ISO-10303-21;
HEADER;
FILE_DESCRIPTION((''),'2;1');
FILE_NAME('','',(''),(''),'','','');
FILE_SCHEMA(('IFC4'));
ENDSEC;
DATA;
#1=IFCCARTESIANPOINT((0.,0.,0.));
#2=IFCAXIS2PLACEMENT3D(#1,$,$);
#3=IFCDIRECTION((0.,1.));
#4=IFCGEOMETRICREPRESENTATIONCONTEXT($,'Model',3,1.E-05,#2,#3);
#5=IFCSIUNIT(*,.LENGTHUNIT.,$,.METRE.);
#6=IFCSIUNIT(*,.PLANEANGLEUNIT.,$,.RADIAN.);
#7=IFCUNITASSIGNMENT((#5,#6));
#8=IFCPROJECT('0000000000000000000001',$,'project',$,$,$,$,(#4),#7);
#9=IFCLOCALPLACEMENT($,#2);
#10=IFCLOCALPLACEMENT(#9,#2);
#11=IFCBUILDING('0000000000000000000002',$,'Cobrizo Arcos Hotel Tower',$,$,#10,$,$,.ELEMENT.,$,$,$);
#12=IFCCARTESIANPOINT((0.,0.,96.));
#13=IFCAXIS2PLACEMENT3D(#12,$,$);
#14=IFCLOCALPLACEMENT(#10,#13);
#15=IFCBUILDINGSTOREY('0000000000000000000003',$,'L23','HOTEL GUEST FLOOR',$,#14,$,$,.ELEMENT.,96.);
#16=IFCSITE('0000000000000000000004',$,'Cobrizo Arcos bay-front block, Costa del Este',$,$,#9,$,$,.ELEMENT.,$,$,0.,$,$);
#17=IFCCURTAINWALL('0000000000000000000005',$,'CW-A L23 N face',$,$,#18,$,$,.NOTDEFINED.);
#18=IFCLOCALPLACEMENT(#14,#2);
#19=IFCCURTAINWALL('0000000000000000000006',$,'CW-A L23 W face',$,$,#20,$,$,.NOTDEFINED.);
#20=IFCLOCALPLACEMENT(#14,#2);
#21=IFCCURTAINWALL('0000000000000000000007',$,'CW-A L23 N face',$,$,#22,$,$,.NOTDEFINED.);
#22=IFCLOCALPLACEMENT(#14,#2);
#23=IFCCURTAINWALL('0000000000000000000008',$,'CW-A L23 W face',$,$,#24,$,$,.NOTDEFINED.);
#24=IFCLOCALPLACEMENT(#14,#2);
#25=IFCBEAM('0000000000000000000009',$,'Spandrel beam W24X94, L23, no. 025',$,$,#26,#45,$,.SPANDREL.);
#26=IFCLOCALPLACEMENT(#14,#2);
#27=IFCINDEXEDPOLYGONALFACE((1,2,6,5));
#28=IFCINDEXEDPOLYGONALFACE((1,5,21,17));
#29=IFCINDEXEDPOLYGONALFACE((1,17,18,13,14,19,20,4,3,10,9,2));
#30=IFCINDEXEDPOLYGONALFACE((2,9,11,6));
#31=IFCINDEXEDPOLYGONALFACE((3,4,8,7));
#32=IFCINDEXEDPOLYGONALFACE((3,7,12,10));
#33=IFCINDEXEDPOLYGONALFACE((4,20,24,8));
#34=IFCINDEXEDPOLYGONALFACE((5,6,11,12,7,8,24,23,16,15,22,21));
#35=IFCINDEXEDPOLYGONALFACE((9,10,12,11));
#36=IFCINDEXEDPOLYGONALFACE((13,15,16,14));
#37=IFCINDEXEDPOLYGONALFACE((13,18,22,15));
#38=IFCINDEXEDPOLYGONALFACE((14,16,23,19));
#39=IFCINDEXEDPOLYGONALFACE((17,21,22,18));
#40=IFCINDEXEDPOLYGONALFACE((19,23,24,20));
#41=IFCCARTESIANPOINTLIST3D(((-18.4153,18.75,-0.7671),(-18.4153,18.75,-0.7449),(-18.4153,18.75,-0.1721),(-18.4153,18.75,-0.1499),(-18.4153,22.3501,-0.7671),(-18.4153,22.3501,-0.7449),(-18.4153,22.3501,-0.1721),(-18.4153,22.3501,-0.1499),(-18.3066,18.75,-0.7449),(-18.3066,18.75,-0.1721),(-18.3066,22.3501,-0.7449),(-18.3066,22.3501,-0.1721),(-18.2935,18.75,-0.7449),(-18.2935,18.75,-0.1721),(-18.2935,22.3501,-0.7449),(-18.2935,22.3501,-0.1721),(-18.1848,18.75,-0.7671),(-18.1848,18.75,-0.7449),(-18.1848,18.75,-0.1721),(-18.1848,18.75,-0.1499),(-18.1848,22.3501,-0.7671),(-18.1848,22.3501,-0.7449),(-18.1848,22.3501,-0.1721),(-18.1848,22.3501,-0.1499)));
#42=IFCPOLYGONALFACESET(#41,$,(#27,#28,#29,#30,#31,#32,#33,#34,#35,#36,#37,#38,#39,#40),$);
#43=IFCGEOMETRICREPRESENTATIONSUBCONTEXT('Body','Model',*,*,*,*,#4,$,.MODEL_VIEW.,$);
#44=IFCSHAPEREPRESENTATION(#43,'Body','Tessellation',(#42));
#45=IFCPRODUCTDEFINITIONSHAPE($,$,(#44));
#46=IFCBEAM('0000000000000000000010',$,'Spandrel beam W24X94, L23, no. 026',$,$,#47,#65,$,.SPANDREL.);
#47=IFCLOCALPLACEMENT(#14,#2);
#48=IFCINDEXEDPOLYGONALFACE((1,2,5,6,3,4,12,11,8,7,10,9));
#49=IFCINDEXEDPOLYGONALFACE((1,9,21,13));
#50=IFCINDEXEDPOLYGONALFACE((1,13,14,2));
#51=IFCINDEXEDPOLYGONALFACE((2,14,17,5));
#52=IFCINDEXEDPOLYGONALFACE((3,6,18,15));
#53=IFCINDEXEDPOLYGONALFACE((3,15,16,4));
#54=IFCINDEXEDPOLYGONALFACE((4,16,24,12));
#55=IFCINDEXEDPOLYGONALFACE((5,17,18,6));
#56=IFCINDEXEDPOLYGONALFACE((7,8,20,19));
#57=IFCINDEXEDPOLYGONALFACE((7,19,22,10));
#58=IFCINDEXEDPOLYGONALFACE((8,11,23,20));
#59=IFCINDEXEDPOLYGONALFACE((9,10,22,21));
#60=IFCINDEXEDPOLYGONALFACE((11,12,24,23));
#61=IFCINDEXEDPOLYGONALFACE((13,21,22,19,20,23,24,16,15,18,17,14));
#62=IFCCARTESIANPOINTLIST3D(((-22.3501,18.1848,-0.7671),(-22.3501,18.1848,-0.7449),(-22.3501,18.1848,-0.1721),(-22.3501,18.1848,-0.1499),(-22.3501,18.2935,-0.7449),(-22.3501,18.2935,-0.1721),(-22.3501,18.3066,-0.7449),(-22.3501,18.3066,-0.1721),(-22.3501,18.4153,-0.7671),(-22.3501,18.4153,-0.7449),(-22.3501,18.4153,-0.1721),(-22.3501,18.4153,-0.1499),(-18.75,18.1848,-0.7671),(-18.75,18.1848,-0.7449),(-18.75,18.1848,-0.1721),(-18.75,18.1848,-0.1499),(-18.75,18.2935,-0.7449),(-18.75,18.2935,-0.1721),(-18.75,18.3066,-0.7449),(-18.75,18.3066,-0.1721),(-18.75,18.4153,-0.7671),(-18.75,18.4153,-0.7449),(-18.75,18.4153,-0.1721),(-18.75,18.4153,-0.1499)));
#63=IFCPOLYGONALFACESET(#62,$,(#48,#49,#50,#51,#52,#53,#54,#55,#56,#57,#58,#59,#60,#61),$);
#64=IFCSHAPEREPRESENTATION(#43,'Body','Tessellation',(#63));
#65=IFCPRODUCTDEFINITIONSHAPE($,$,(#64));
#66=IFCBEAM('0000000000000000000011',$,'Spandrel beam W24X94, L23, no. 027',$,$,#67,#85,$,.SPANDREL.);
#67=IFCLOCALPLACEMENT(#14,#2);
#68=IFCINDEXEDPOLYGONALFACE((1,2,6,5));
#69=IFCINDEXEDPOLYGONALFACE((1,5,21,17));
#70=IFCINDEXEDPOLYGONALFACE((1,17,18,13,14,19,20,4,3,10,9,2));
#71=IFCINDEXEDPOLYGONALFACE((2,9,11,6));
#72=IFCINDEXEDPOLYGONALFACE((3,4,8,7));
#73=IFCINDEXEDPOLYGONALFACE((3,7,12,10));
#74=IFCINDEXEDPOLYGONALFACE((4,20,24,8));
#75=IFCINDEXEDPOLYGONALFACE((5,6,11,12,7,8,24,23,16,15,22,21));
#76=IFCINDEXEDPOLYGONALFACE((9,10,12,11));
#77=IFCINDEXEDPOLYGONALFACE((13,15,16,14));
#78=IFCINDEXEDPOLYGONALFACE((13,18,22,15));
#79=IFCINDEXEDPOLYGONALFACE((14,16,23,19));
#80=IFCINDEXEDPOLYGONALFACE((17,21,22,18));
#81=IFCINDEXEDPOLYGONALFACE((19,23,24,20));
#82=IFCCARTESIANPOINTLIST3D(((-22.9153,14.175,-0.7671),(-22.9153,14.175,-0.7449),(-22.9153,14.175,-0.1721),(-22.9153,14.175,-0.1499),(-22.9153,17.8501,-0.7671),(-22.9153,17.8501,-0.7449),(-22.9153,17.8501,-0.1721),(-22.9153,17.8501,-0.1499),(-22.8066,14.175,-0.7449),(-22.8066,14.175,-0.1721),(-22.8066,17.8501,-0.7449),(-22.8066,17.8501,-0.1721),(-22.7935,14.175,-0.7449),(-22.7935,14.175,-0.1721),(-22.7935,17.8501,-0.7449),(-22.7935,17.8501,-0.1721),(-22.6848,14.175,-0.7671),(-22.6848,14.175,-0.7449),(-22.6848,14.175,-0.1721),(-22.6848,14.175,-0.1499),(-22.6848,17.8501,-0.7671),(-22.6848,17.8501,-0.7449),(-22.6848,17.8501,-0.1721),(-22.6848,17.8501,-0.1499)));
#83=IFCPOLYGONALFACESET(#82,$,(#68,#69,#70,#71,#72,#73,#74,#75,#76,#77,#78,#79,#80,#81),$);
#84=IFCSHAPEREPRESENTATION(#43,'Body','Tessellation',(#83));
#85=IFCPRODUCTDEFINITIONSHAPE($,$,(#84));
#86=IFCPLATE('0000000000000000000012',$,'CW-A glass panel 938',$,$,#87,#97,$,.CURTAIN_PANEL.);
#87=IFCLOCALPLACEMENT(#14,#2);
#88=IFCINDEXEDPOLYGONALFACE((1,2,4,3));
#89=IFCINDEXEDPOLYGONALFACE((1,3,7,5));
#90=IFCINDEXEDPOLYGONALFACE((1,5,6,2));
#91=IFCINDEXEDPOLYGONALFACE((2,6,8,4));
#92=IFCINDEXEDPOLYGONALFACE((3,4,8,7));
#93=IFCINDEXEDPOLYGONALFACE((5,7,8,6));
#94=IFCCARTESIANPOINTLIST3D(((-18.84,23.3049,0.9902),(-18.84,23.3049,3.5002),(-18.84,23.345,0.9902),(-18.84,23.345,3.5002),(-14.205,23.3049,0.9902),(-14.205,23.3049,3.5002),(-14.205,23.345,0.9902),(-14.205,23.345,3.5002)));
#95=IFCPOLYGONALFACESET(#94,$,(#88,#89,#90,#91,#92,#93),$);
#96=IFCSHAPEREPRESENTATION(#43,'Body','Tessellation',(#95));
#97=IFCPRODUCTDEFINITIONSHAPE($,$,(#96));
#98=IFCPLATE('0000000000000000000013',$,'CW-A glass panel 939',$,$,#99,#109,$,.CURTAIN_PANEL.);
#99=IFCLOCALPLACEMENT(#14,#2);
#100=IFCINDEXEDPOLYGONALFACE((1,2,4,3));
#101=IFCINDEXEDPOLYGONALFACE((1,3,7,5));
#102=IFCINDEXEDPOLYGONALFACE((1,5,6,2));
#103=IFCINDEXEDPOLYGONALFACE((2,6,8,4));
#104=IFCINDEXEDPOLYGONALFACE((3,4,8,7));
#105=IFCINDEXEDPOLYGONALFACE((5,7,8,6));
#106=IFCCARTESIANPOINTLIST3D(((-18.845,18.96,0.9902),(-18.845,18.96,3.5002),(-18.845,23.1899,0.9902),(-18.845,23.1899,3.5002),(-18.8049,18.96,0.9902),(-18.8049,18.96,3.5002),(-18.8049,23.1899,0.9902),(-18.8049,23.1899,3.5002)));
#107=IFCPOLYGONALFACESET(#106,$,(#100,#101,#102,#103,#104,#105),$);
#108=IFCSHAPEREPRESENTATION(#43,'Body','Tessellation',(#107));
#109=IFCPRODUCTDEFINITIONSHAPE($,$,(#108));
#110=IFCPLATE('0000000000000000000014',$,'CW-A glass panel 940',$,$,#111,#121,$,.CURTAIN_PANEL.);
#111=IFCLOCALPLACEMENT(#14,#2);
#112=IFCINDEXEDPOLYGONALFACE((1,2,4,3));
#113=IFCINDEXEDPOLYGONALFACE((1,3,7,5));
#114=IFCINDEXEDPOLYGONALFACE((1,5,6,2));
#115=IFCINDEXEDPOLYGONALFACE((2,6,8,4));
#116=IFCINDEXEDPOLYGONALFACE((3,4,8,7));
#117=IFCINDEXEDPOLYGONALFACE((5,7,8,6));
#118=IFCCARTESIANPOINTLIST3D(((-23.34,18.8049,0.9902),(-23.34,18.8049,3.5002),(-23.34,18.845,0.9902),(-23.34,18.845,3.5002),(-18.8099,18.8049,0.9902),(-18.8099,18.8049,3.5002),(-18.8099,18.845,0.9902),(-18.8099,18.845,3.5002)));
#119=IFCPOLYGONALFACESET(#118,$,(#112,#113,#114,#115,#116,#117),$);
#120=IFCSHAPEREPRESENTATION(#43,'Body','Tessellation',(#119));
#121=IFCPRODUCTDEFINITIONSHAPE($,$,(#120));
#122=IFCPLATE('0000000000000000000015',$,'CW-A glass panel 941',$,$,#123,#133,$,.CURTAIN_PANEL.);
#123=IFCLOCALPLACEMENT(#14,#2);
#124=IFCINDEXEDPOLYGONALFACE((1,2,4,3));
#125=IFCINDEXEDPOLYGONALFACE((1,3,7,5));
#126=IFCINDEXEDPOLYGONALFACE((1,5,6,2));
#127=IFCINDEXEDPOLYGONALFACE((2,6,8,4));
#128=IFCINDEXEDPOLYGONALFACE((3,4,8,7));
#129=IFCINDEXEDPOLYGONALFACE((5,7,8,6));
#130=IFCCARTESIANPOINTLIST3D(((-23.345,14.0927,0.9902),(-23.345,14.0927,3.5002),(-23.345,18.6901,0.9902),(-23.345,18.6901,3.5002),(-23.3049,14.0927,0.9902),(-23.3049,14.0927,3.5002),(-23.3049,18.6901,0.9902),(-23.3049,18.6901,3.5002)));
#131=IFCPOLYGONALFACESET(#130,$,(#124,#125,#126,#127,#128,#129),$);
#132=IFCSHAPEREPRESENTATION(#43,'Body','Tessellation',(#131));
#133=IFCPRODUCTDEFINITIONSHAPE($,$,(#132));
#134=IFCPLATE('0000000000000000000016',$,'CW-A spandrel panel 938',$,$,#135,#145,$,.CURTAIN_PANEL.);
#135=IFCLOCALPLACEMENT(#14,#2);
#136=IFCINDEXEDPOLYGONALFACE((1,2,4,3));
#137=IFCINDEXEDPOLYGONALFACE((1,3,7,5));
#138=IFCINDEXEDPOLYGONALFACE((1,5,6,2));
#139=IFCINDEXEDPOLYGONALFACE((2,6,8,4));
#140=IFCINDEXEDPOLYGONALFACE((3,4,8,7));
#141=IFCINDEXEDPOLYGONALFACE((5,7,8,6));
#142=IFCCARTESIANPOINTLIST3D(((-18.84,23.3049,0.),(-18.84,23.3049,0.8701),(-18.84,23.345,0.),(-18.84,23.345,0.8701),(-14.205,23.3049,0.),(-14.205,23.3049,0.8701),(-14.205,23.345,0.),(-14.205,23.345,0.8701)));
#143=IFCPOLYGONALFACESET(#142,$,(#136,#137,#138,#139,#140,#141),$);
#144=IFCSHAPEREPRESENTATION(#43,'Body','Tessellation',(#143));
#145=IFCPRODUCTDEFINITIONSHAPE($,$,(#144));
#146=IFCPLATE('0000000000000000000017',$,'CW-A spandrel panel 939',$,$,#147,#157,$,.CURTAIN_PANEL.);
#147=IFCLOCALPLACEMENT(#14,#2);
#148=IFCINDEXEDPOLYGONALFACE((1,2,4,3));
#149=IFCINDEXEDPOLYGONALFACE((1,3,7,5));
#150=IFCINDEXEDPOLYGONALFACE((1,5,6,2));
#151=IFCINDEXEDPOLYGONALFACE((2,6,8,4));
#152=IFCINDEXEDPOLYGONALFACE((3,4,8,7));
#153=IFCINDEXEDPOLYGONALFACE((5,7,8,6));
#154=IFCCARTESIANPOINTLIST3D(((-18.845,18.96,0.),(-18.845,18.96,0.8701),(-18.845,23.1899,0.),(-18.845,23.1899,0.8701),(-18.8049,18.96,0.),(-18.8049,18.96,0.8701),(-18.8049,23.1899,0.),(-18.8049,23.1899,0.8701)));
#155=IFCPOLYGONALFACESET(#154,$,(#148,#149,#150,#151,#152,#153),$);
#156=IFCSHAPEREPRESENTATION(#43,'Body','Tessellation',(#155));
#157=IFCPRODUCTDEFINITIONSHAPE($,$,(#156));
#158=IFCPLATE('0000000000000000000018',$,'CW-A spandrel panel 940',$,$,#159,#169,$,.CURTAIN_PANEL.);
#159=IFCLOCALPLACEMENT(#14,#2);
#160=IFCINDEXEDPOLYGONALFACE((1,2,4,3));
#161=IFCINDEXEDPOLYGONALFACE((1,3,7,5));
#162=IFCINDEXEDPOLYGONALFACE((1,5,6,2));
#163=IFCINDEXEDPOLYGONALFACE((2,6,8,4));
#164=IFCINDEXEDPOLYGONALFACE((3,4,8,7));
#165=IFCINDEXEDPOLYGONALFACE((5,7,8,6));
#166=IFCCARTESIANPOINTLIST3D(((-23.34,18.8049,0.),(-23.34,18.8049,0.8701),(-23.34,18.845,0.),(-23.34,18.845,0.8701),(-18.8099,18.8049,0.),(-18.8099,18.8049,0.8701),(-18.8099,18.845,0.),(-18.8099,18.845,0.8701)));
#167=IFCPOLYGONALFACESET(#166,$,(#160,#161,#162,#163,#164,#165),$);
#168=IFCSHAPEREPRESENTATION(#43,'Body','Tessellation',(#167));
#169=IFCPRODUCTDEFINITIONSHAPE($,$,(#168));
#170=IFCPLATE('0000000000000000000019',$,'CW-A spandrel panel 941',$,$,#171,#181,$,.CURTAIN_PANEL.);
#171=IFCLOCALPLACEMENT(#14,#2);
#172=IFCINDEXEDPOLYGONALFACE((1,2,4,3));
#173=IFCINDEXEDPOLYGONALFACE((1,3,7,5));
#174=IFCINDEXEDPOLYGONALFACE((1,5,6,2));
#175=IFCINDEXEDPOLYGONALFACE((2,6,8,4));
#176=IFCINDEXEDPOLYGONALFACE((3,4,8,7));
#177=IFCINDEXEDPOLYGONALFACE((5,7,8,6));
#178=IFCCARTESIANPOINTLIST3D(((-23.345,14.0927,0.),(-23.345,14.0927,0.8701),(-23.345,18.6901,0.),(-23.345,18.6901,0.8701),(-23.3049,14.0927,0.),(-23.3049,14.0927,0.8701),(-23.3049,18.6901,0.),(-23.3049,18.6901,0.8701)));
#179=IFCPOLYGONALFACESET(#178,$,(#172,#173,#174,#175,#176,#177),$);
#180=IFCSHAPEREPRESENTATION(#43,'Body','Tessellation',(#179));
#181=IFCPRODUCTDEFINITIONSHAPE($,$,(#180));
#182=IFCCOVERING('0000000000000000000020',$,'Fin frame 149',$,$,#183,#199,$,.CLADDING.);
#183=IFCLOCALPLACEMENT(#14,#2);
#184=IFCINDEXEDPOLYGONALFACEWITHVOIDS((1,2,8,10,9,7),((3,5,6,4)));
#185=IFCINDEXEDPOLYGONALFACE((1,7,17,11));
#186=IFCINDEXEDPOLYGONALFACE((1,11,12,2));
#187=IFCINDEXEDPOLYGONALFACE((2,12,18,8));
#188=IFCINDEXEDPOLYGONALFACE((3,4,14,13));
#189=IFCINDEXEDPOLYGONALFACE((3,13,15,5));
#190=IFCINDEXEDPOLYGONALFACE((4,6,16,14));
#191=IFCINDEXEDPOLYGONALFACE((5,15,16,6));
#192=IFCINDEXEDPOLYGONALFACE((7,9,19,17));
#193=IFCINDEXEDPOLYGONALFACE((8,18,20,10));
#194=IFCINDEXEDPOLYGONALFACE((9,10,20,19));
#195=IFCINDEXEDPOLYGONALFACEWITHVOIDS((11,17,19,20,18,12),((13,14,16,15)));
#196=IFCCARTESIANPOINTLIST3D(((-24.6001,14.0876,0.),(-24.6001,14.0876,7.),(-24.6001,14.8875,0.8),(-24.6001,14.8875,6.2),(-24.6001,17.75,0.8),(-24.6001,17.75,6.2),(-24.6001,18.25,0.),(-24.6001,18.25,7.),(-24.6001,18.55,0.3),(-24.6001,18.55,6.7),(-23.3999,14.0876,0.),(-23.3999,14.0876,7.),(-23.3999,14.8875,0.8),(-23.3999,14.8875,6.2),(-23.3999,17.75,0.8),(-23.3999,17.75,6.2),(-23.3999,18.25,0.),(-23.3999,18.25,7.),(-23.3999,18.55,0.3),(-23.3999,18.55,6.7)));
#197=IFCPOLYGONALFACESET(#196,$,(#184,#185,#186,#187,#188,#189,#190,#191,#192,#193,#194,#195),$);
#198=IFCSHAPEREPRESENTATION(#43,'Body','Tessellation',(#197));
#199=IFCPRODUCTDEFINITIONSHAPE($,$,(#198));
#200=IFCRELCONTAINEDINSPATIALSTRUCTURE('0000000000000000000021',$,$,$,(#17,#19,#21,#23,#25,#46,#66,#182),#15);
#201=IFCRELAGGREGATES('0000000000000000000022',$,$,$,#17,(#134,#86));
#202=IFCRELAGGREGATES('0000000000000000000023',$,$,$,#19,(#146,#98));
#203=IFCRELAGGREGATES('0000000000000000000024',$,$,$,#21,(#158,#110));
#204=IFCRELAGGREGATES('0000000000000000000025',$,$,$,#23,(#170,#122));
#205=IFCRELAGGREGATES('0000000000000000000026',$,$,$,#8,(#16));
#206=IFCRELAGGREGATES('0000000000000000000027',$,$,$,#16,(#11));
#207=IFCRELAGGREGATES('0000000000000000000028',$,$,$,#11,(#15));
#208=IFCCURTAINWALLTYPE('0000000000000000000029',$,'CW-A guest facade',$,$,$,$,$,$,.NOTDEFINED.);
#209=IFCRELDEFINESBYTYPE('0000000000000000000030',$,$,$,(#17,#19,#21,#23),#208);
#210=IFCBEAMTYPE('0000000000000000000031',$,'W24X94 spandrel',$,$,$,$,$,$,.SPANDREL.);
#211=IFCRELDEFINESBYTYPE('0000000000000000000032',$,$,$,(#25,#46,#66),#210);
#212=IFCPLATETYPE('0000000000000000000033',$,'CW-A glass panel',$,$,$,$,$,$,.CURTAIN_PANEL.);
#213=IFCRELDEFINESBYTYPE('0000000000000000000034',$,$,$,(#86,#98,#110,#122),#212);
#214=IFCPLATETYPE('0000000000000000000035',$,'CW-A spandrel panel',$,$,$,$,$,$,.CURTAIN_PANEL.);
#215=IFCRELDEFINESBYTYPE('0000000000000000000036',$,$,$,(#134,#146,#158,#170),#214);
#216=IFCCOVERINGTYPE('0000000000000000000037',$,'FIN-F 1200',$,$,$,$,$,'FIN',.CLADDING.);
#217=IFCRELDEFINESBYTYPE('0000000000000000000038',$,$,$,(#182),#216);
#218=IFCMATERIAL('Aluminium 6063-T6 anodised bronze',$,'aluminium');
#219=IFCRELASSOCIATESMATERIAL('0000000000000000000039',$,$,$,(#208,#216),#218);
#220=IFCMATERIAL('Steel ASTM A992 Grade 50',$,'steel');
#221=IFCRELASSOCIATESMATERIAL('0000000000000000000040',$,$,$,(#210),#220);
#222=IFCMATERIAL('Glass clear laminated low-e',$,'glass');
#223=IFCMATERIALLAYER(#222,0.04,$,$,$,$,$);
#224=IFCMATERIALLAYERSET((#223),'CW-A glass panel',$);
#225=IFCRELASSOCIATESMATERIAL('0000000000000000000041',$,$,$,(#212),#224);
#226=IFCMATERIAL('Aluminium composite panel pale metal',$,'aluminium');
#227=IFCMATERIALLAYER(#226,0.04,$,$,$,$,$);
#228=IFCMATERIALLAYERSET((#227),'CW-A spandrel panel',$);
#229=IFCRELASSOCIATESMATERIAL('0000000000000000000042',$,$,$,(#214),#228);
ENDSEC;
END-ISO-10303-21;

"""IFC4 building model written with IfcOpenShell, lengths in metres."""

from ifc_helpers import new_model, si_unit, direction, frame, origin, origin_2d, place, context, subcontext, project, spatial, polyline, rectangle, i_section, outline, extrude, material, layer, layer_set, material_profile, profile_set, type_object, element, aggregate, save


model = new_model("IFC4")

# Units and contexts
model_context = context("Model", 3, precision=1e-05, world=origin(), true_north=direction((0.0, 1.0)))
body_context = subcontext(model_context, "Body", "Model", "MODEL_VIEW")
ifc_project = project(units=[si_unit("LENGTHUNIT", "METRE"), si_unit("PLANEANGLEUNIT", "RADIAN")], contexts=[model_context])

# Site, building, storey
site_placement = place(None, origin())
site = spatial("IfcSite", under=ifc_project, at=site_placement, Name="Cobrizo Arcos bay-front block, Costa del Este", CompositionType="ELEMENT", RefElevation=0.0)
building_placement = place(site_placement, origin())
building = spatial("IfcBuilding", under=site, at=building_placement, Name="Cobrizo Arcos Hotel Tower", CompositionType="ELEMENT")
storey_placement = place(building_placement, frame((0.0, 0.0, 96.0)))
storey = spatial("IfcBuildingStorey", under=building, at=storey_placement, Name="L23", Description="HOTEL GUEST FLOOR", CompositionType="ELEMENT", Elevation=96.0)

# Curtain wall
ifc_material_1 = material(Name="Aluminium 6063-T6 anodised bronze", Category="aluminium")
curtain_wall_type = type_object("IfcCurtainWallType", Name="CW-A guest facade", PredefinedType="NOTDEFINED", material=ifc_material_1)
curtain_wall_1_placement = place(storey_placement, origin())
curtain_wall_1 = element("IfcCurtainWall", 1, at=curtain_wall_1_placement, inside=storey, type_object=curtain_wall_type, Name="CW-A L23 N face", PredefinedType="NOTDEFINED")

# Curtain walls
curtain_wall_2_placement = place(storey_placement, origin())
curtain_wall_2 = element("IfcCurtainWall", 2, at=curtain_wall_2_placement, inside=storey, type_object=curtain_wall_type, Name="CW-A L23 W face", PredefinedType="NOTDEFINED")
curtain_wall_3_placement = place(storey_placement, origin())
curtain_wall_3 = element("IfcCurtainWall", 3, at=curtain_wall_3_placement, inside=storey, type_object=curtain_wall_type, Name="CW-A L23 N face", PredefinedType="NOTDEFINED")
curtain_wall_4_placement = place(storey_placement, origin())
curtain_wall_4 = element("IfcCurtainWall", 4, at=curtain_wall_4_placement, inside=storey, type_object=curtain_wall_type, Name="CW-A L23 W face", PredefinedType="NOTDEFINED")

# Beams
ifc_material_2 = material(Name="Steel ASTM A992 Grade 50", Category="steel")
ifc_material_profile_1 = material_profile(ifc_material_2, i_section(OverallWidth=0.2305, OverallDepth=0.6172, WebThickness=0.0132, FlangeThickness=0.0222, at=origin_2d()), Name="W24X94")
ifc_profile_set_1 = profile_set([ifc_material_profile_1], Name="Steel ASTM A992 Grade 50")
beam_type = type_object("IfcBeamType", Name="W24X94 spandrel", PredefinedType="SPANDREL", material=ifc_profile_set_1)
for number, where, z_axis, x_axis, name in (
    (5, (-18.3, 22.3501, -0.4585), (0.0, -1.0, 0.0), (1.0, 0.0, 0.0), "Spandrel beam W24X94, L23, no. 025"),
    (6, (-18.75, 18.3, -0.4585), (-1.0, 0.0, 0.0), (0.0, -1.0, 0.0), "Spandrel beam W24X94, L23, no. 026"),
):
    element("IfcBeam", number, at=place(storey_placement, frame(where, z_axis=z_axis, x_axis=x_axis)), inside=storey, type_object=beam_type, Name=name, PredefinedType="SPANDREL", context=body_context, shape_type="SweptSolid", body=[
        extrude(i_section(OverallWidth=0.2305, OverallDepth=0.6172, WebThickness=0.0132, FlangeThickness=0.0222, at=origin_2d()), origin(), (0.0, 0.0, 1.0), 3.6001),
    ])
beam_placement = place(storey_placement, frame((-22.8, 17.8501, -0.4585), z_axis=(0.0, -1.0, 0.0), x_axis=(1.0, 0.0, 0.0)))
element("IfcBeam", 7, at=beam_placement, inside=storey, type_object=beam_type, Name="Spandrel beam W24X94, L23, no. 027", PredefinedType="SPANDREL", context=body_context, shape_type="SweptSolid", body=[
    extrude(i_section(OverallWidth=0.2305, OverallDepth=0.6172, WebThickness=0.0132, FlangeThickness=0.0222, at=origin_2d()), origin(), (0.0, 0.0, 1.0), 3.675),
])

# Plates
ifc_material_3 = material(Name="Glass clear laminated low-e", Category="glass")
ifc_layer_1 = layer(ifc_material_3, 0.04)
ifc_layer_set_1 = layer_set([ifc_layer_1], Name="CW-A glass panel")
plate_type_1 = type_object("IfcPlateType", Name="CW-A glass panel", PredefinedType="CURTAIN_PANEL", material=ifc_layer_set_1)
plate_1_placement = place(storey_placement, frame((-16.5225, 23.325, 0.9902), z_axis=(0.0, 0.0, 1.0), x_axis=(-1.0, 0.0, 0.0)))
plate_1 = element("IfcPlate", 8, at=plate_1_placement, type_object=plate_type_1, Name="CW-A glass panel 938", PredefinedType="CURTAIN_PANEL", context=body_context, shape_type="SweptSolid", body=[
    extrude(rectangle(XDim=4.635, YDim=0.04, at=origin_2d()), origin(), (0.0, 0.0, 1.0), 2.51),
])
plate_2_placement = place(storey_placement, frame((-18.825, 21.075, 0.9902), z_axis=(0.0, 0.0, 1.0), x_axis=(0.0, -1.0, 0.0)))
plate_2 = element("IfcPlate", 9, at=plate_2_placement, type_object=plate_type_1, Name="CW-A glass panel 939", PredefinedType="CURTAIN_PANEL", context=body_context, shape_type="SweptSolid", body=[
    extrude(rectangle(XDim=4.23, YDim=0.04, at=origin_2d()), origin(), (0.0, 0.0, 1.0), 2.51),
])
plate_3_placement = place(storey_placement, frame((-21.075, 18.825, 0.9902), z_axis=(0.0, 0.0, 1.0), x_axis=(-1.0, 0.0, 0.0)))
plate_3 = element("IfcPlate", 10, at=plate_3_placement, type_object=plate_type_1, Name="CW-A glass panel 940", PredefinedType="CURTAIN_PANEL", context=body_context, shape_type="SweptSolid", body=[
    extrude(rectangle(XDim=4.53, YDim=0.04, at=origin_2d()), origin(), (0.0, 0.0, 1.0), 2.51),
])
plate_4_placement = place(storey_placement, frame((-23.325, 16.3914, 0.9902), z_axis=(0.0, 0.0, 1.0), x_axis=(0.0, -1.0, 0.0)))
plate_4 = element("IfcPlate", 11, at=plate_4_placement, type_object=plate_type_1, Name="CW-A glass panel 941", PredefinedType="CURTAIN_PANEL", context=body_context, shape_type="SweptSolid", body=[
    extrude(rectangle(XDim=4.5974, YDim=0.04, at=origin_2d()), origin(), (0.0, 0.0, 1.0), 2.51),
])
ifc_material_4 = material(Name="Aluminium composite panel pale metal", Category="aluminium")
ifc_layer_2 = layer(ifc_material_4, 0.04)
ifc_layer_set_2 = layer_set([ifc_layer_2], Name="CW-A spandrel panel")
plate_type_2 = type_object("IfcPlateType", Name="CW-A spandrel panel", PredefinedType="CURTAIN_PANEL", material=ifc_layer_set_2)
plate_5_placement = place(storey_placement, frame((-16.5225, 23.325, 0.0), z_axis=(0.0, 0.0, 1.0), x_axis=(-1.0, 0.0, 0.0)))
plate_5 = element("IfcPlate", 12, at=plate_5_placement, type_object=plate_type_2, Name="CW-A spandrel panel 938", PredefinedType="CURTAIN_PANEL", context=body_context, shape_type="SweptSolid", body=[
    extrude(rectangle(XDim=4.635, YDim=0.04, at=origin_2d()), origin(), (0.0, 0.0, 1.0), 0.8701),
])
aggregate(curtain_wall_1, [plate_5, plate_1])
plate_6_placement = place(storey_placement, frame((-18.825, 21.075, 0.0), z_axis=(0.0, 0.0, 1.0), x_axis=(0.0, -1.0, 0.0)))
plate_6 = element("IfcPlate", 13, at=plate_6_placement, type_object=plate_type_2, Name="CW-A spandrel panel 939", PredefinedType="CURTAIN_PANEL", context=body_context, shape_type="SweptSolid", body=[
    extrude(rectangle(XDim=4.23, YDim=0.04, at=origin_2d()), origin(), (0.0, 0.0, 1.0), 0.8701),
])
aggregate(curtain_wall_2, [plate_6, plate_2])
plate_7_placement = place(storey_placement, frame((-21.075, 18.825, 0.0), z_axis=(0.0, 0.0, 1.0), x_axis=(-1.0, 0.0, 0.0)))
plate_7 = element("IfcPlate", 14, at=plate_7_placement, type_object=plate_type_2, Name="CW-A spandrel panel 940", PredefinedType="CURTAIN_PANEL", context=body_context, shape_type="SweptSolid", body=[
    extrude(rectangle(XDim=4.53, YDim=0.04, at=origin_2d()), origin(), (0.0, 0.0, 1.0), 0.8701),
])
aggregate(curtain_wall_3, [plate_7, plate_3])
plate_8_placement = place(storey_placement, frame((-23.325, 16.3914, 0.0), z_axis=(0.0, 0.0, 1.0), x_axis=(0.0, -1.0, 0.0)))
plate_8 = element("IfcPlate", 15, at=plate_8_placement, type_object=plate_type_2, Name="CW-A spandrel panel 941", PredefinedType="CURTAIN_PANEL", context=body_context, shape_type="SweptSolid", body=[
    extrude(rectangle(XDim=4.5974, YDim=0.04, at=origin_2d()), origin(), (0.0, 0.0, 1.0), 0.8701),
])
aggregate(curtain_wall_4, [plate_8, plate_4])

# Covering
covering_type_1 = type_object("IfcCoveringType", Name="FIN-F 1200", ElementType="FIN", PredefinedType="CLADDING", material=ifc_material_1)
covering_1_placement = place(storey_placement, frame((-23.3999, 18.55, 0.0), z_axis=(-1.0, 0.0, 0.0), x_axis=(0.0, -1.0, 0.0)))
element("IfcCovering", 16, at=covering_1_placement, inside=storey, type_object=covering_type_1, Name="Fin frame 149", PredefinedType="CLADDING", context=body_context, shape_type="SweptSolid", body=[
    extrude(outline(polyline([(0.0, 0.3), (0.3, 0.0), (4.4624, 0.0), (4.4624, 7.0), (0.3, 7.0), (0.0, 6.7), (0.0, 0.3)]), holes=[polyline([(3.6626, 0.8), (0.8, 0.8), (0.8, 6.2), (3.6626, 6.2), (3.6626, 0.8)])]), origin(), (0.0, 0.0, 1.0), 1.2002),
])

save(model, "model.ifc")
